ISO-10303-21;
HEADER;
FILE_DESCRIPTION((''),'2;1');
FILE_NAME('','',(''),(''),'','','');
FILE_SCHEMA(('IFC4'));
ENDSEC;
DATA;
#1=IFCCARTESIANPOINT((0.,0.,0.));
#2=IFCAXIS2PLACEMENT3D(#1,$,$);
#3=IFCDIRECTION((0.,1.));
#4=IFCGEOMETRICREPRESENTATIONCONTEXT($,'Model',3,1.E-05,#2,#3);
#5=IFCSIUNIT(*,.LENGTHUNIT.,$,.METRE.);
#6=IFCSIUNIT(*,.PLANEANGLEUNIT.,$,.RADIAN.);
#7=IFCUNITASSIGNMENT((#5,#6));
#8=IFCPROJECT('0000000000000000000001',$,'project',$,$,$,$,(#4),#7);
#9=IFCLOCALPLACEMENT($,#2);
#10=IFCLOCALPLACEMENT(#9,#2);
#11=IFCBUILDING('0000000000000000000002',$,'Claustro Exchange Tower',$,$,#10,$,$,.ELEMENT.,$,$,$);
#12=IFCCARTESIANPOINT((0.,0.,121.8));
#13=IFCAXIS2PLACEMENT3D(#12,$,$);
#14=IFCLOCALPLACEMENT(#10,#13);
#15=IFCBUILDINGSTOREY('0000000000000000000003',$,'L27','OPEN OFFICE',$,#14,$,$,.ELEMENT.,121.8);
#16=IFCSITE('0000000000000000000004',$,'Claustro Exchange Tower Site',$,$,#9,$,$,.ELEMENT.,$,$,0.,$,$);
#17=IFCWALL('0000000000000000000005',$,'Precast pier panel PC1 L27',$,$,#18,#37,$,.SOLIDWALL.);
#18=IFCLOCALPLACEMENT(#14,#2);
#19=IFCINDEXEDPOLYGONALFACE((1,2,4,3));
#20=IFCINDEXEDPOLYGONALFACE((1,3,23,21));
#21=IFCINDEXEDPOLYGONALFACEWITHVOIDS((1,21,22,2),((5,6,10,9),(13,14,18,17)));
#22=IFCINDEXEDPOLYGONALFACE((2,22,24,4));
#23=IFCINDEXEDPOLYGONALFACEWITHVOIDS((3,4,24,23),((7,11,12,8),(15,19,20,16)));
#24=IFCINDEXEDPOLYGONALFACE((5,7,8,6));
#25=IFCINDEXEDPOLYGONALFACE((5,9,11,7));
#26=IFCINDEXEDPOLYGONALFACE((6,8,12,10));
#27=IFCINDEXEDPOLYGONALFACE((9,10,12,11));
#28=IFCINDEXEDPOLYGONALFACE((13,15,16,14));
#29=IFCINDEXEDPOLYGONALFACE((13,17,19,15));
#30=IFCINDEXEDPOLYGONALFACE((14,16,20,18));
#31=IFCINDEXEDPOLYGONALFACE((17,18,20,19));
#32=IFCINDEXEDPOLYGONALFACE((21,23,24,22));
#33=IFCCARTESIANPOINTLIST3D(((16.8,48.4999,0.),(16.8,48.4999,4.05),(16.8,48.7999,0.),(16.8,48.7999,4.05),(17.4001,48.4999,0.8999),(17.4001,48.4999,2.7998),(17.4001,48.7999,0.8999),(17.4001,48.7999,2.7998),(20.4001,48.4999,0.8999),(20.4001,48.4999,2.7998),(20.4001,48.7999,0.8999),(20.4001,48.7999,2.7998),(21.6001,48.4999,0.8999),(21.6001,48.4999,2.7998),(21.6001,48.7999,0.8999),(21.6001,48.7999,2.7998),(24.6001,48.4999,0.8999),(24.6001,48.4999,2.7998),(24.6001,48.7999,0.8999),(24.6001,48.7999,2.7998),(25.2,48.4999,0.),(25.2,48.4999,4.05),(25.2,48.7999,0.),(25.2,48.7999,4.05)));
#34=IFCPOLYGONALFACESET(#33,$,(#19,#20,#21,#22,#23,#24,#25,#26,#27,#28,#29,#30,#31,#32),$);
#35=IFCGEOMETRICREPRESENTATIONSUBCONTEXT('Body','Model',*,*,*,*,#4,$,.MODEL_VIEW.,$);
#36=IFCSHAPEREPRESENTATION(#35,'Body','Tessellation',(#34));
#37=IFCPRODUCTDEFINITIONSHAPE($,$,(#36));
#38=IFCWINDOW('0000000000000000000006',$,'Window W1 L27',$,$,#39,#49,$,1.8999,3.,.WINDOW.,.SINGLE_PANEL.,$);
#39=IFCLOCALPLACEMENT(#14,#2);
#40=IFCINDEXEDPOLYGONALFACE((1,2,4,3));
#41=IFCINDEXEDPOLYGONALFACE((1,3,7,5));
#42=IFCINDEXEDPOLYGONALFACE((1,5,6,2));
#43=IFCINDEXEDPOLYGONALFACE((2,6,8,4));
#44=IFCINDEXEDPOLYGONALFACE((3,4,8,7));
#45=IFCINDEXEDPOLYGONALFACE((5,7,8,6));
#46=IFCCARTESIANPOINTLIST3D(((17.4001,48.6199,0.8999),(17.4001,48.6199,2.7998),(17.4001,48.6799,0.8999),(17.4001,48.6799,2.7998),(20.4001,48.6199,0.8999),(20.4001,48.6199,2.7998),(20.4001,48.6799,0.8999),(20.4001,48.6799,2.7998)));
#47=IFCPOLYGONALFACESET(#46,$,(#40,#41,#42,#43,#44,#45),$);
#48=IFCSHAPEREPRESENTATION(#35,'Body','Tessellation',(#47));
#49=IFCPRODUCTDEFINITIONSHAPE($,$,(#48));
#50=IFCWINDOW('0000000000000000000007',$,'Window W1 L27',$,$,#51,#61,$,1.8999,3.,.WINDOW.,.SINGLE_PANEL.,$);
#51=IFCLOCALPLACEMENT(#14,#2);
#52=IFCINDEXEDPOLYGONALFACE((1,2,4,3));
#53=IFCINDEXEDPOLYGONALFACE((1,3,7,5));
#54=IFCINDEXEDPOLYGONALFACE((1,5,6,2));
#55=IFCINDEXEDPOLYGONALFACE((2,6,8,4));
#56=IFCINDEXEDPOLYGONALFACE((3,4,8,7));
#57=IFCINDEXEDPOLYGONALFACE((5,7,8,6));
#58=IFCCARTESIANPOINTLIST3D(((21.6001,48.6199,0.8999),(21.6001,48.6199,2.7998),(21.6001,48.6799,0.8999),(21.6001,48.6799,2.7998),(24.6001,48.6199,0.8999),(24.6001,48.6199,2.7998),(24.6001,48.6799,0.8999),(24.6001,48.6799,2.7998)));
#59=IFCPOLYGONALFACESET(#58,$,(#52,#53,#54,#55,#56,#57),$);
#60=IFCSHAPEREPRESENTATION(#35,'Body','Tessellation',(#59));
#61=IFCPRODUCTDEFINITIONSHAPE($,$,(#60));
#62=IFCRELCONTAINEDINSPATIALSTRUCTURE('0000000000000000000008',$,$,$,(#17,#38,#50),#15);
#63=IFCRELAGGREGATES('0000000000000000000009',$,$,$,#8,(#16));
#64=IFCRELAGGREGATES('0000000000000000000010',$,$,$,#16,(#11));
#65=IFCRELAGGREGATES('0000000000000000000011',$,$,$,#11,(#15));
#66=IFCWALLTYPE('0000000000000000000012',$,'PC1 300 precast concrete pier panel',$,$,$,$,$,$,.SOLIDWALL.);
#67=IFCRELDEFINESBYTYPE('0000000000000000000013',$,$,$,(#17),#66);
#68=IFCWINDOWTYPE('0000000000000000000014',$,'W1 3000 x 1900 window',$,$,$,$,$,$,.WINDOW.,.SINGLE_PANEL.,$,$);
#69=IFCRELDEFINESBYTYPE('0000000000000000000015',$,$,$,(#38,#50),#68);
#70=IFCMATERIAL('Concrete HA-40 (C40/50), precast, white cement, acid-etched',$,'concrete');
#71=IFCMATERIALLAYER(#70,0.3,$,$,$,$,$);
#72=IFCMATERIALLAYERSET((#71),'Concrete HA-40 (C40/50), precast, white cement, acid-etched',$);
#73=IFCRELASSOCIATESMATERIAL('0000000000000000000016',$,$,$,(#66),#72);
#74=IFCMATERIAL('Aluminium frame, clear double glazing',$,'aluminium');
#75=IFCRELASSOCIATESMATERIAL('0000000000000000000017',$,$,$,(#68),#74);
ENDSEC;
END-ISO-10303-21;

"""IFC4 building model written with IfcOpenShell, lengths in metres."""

from ifc_helpers import new_model, si_unit, direction, frame, frame_2d, origin, place, context, subcontext, project, spatial, rectangle, extrude, material, layer, layer_set, type_object, element, fill, save


model = new_model("IFC4")

# Units and contexts
model_context = context("Model", 3, precision=1e-05, world=origin(), true_north=direction((0.0, 1.0)))
body_context = subcontext(model_context, "Body", "Model", "MODEL_VIEW")
ifc_project = project(units=[si_unit("LENGTHUNIT", "METRE"), si_unit("PLANEANGLEUNIT", "RADIAN")], contexts=[model_context])

# Site, building, storey
site_placement = place(None, origin())
site = spatial("IfcSite", under=ifc_project, at=site_placement, Name="Claustro Exchange Tower Site", CompositionType="ELEMENT", RefElevation=0.0)
building_placement = place(site_placement, origin())
building = spatial("IfcBuilding", under=site, at=building_placement, Name="Claustro Exchange Tower", CompositionType="ELEMENT")
storey_placement = place(building_placement, frame((0.0, 0.0, 121.8)))
storey = spatial("IfcBuildingStorey", under=building, at=storey_placement, Name="L27", Description="OPEN OFFICE", CompositionType="ELEMENT", Elevation=121.8)

# Wall, openings, windows
ifc_material_1 = material(Name="Concrete HA-40 (C40/50), precast, white cement, acid-etched", Category="concrete")
ifc_layer_1 = layer(ifc_material_1, 0.3)
ifc_layer_set_1 = layer_set([ifc_layer_1], Name="Concrete HA-40 (C40/50), precast, white cement, acid-etched")
wall_type_1 = type_object("IfcWallType", Name="PC1 300 precast concrete pier panel", PredefinedType="SOLIDWALL", material=ifc_layer_set_1)
ifc_material_2 = material(Name="Aluminium frame, clear double glazing", Category="aluminium")
window_type = type_object("IfcWindowType", Name="W1 3000 x 1900 window", PartitioningType="SINGLE_PANEL", PredefinedType="WINDOW", material=ifc_material_2)
wall_1_placement = place(storey_placement, frame((16.8, 48.6499, 0.0), z_axis=(0.0, 0.0, 1.0), x_axis=(1.0, 0.0, 0.0)))
wall_1 = element("IfcWall", 1, at=wall_1_placement, inside=storey, type_object=wall_type_1, Name="Precast pier panel PC1 L27", PredefinedType="SOLIDWALL", context=body_context, shape_type="SweptSolid", body=[
    extrude(rectangle(XDim=8.3999, YDim=0.3, at=frame_2d((4.2, 0.0))), origin(), (0.0, 0.0, 1.0), 4.05),
])
opening_1_placement = place(wall_1_placement, frame((0.6001, 0.0, 0.8999)))
opening_1 = element("IfcOpeningElement", 2, at=opening_1_placement, cuts=wall_1, PredefinedType="OPENING", context=body_context, shape_type="SweptSolid", body=[
    extrude(rectangle(XDim=3.0, YDim=1.8999, at=frame_2d((1.5, 0.95))), frame((0.0, 0.1599, 0.0), z_axis=(0.0, -1.0, 0.0), x_axis=(1.0, 0.0, 0.0)), (0.0, 0.0, 1.0), 0.3201),
])
opening_2_placement = place(wall_1_placement, frame((4.8, 0.0, 0.8999)))
opening_2 = element("IfcOpeningElement", 3, at=opening_2_placement, cuts=wall_1, PredefinedType="OPENING", context=body_context, shape_type="SweptSolid", body=[
    extrude(rectangle(XDim=3.0, YDim=1.8999, at=frame_2d((1.5, 0.95))), frame((0.0, 0.1599, 0.0), z_axis=(0.0, -1.0, 0.0), x_axis=(1.0, 0.0, 0.0)), (0.0, 0.0, 1.0), 0.3201),
])
window_1_placement = place(opening_1_placement, origin())
window_1 = element("IfcWindow", 4, at=window_1_placement, inside=storey, type_object=window_type, Name="Window W1 L27", OverallHeight=1.8999, OverallWidth=3.0, PartitioningType="SINGLE_PANEL", PredefinedType="WINDOW", context=body_context, shape_type="SweptSolid", body=[
    extrude(rectangle(XDim=3.0, YDim=1.8999, at=frame_2d((1.5, 0.95))), frame((0.0, 0.03, 0.0), z_axis=(0.0, -1.0, 0.0), x_axis=(1.0, 0.0, 0.0)), (0.0, 0.0, 1.0), 0.0601),
])
fill(opening_1, window_1)
window_2_placement = place(opening_2_placement, origin())
window_2 = element("IfcWindow", 5, at=window_2_placement, inside=storey, type_object=window_type, Name="Window W1 L27", OverallHeight=1.8999, OverallWidth=3.0, PartitioningType="SINGLE_PANEL", PredefinedType="WINDOW", context=body_context, shape_type="SweptSolid", body=[
    extrude(rectangle(XDim=3.0, YDim=1.8999, at=frame_2d((1.5, 0.95))), frame((0.0, 0.03, 0.0), z_axis=(0.0, -1.0, 0.0), x_axis=(1.0, 0.0, 0.0)), (0.0, 0.0, 1.0), 0.0601),
])
fill(opening_2, window_2)

save(model, "model.ifc")
